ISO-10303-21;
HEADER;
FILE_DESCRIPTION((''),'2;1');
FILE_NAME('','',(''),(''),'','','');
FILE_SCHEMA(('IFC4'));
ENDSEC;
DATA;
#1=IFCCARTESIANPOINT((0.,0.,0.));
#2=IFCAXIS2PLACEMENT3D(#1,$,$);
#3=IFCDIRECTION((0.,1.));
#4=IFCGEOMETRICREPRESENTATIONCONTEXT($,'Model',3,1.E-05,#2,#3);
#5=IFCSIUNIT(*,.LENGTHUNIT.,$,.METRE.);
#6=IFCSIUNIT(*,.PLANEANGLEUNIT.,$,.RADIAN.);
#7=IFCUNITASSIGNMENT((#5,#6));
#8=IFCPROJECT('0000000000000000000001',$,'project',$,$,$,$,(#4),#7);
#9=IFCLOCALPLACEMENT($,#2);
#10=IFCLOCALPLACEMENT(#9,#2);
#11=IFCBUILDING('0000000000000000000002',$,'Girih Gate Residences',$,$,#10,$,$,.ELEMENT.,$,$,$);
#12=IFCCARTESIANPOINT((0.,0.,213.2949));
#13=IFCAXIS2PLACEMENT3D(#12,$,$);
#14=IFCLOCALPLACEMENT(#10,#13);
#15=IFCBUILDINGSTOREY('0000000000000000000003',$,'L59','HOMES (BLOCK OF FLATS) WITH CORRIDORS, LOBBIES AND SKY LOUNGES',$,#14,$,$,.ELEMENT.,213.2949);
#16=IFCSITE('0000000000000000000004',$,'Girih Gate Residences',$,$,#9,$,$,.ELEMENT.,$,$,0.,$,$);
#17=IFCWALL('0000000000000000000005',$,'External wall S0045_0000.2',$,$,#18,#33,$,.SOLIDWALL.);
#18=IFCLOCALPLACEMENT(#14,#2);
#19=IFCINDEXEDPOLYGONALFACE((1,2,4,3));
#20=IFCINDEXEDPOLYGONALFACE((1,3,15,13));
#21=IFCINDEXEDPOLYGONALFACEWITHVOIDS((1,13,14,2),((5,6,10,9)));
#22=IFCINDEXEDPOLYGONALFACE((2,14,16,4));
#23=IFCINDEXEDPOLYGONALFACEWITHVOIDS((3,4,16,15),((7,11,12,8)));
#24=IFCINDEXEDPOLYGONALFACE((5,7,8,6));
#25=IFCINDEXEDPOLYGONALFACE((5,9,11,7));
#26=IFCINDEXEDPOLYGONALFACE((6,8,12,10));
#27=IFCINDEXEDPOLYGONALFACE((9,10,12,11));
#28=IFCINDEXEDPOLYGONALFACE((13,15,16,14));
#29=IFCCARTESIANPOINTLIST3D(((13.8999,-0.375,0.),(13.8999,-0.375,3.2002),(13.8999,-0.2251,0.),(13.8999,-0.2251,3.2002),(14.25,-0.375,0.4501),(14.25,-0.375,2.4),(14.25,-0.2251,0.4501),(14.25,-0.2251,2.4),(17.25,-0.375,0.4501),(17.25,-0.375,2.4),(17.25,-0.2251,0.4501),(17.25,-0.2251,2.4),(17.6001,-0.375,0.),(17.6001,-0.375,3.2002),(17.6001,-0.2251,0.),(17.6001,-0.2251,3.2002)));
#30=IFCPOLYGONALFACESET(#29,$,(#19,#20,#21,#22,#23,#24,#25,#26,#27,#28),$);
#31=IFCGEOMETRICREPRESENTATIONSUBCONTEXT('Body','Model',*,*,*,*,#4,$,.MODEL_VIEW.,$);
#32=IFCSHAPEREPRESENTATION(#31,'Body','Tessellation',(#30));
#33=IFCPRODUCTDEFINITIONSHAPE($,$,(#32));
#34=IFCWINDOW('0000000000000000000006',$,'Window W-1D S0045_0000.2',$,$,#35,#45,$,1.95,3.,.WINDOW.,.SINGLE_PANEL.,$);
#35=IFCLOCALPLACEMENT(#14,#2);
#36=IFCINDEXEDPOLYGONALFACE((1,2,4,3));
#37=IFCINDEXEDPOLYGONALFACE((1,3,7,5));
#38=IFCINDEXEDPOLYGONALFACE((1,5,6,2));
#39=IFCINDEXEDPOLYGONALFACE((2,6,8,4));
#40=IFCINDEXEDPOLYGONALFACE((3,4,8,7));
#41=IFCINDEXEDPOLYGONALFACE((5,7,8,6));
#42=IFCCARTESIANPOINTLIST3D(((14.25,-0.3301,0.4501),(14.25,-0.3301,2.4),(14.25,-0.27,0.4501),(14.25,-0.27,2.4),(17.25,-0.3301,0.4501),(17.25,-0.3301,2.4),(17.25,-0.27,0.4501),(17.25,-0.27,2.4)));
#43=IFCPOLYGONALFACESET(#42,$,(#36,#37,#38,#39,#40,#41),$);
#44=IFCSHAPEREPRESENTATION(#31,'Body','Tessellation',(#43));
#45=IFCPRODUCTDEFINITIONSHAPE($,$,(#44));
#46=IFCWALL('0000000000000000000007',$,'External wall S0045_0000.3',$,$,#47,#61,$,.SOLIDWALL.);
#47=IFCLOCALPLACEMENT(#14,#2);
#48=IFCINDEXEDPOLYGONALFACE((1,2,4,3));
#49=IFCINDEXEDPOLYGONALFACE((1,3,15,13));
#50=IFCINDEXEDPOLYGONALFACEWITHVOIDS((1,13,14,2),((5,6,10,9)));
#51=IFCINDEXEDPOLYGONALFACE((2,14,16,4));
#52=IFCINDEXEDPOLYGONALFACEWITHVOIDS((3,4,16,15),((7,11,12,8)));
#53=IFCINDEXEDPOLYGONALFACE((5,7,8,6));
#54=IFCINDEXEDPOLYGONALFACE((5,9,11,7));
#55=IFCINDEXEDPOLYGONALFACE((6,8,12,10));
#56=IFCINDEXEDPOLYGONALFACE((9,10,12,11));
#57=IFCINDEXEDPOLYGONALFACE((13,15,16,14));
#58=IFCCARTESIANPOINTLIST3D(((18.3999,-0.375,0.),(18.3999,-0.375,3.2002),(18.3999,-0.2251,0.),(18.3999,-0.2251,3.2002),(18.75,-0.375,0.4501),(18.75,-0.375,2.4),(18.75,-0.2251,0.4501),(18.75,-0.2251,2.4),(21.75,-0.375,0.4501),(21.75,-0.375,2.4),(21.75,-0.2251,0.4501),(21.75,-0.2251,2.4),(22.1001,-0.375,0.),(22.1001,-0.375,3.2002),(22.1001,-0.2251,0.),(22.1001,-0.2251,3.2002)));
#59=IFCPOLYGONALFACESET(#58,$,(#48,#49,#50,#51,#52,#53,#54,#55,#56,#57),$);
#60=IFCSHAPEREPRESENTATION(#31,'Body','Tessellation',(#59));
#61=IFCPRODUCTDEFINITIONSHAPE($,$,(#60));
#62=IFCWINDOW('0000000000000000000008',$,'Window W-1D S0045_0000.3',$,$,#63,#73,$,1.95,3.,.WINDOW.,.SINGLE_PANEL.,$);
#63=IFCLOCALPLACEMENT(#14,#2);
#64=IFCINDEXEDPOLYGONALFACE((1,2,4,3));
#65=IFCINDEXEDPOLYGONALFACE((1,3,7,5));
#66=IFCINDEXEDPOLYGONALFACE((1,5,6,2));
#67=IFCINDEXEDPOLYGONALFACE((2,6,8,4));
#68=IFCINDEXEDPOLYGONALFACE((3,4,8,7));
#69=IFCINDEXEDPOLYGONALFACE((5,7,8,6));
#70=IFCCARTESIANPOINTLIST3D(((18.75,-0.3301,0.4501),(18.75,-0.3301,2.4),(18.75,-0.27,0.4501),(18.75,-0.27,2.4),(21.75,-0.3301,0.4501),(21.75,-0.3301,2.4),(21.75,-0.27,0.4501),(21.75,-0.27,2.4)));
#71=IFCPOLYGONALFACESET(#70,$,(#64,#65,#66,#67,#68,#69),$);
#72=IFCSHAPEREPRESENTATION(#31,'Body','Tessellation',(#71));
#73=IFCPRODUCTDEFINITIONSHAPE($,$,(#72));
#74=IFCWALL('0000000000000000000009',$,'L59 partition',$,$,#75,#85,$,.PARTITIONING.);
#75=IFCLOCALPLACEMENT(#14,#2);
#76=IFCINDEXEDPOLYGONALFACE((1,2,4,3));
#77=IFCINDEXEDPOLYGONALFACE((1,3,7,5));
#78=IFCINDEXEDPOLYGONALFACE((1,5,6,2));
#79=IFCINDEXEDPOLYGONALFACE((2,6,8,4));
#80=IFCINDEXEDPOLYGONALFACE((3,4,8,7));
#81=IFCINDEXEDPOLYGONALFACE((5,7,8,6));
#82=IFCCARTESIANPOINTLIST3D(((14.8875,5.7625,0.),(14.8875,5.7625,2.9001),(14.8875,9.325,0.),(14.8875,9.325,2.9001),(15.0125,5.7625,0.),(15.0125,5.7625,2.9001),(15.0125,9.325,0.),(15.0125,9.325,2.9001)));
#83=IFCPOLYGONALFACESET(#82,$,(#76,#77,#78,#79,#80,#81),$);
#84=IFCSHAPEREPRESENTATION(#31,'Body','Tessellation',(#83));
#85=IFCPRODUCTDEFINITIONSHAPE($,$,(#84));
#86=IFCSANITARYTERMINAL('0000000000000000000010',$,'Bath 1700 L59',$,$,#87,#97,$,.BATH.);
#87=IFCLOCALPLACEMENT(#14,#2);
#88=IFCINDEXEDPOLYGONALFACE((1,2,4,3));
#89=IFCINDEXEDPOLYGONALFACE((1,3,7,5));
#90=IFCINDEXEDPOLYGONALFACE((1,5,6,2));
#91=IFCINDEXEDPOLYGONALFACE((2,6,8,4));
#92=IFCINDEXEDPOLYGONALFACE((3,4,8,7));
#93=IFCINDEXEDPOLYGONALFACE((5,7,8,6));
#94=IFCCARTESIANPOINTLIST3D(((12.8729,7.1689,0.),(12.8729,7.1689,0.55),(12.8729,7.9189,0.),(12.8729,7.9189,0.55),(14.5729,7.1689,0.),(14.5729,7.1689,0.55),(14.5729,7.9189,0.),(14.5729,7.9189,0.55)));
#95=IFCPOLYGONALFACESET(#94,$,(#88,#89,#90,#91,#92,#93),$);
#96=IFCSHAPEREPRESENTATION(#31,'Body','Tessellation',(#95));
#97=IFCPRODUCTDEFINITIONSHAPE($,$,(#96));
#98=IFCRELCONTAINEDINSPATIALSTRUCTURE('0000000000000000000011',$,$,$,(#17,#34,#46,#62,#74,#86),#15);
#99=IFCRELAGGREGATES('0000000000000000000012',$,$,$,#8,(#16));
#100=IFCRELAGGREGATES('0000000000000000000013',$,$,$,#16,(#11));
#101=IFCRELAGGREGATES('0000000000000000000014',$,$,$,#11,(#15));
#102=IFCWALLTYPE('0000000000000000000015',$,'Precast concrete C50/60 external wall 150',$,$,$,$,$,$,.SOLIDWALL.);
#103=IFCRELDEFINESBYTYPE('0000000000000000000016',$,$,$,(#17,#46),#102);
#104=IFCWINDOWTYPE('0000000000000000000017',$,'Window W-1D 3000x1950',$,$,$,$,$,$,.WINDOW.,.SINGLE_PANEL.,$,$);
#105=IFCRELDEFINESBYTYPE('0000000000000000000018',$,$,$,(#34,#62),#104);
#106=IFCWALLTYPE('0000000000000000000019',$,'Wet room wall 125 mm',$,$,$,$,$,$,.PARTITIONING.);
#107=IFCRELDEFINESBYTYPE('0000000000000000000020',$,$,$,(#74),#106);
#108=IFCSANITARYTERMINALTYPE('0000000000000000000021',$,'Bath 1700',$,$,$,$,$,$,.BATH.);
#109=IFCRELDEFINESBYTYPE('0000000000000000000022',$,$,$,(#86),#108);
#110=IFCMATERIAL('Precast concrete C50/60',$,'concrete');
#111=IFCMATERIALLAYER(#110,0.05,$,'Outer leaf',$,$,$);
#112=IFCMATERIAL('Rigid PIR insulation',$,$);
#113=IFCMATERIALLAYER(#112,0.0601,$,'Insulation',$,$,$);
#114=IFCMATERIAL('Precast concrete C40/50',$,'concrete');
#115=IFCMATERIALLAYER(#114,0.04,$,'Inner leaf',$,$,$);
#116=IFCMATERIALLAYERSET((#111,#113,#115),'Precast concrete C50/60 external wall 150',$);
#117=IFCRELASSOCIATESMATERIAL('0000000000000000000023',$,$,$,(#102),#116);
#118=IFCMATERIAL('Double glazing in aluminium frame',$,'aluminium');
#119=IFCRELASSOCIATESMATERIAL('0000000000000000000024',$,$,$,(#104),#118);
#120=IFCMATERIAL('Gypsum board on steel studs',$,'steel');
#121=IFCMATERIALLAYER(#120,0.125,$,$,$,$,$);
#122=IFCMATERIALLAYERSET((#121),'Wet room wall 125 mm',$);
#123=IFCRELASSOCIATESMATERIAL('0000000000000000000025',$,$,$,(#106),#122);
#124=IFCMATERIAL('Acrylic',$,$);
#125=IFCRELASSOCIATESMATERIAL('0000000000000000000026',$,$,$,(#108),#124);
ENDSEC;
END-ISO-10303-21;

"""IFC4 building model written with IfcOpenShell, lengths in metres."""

from ifc_helpers import new_model, si_unit, direction, frame, frame_2d, origin, origin_2d, place, context, subcontext, project, spatial, rectangle, extrude, material, layer, layer_set, type_object, element, fill, save


model = new_model("IFC4")

# Units and contexts
model_context = context("Model", 3, precision=1e-05, world=origin(), true_north=direction((0.0, 1.0)))
body_context = subcontext(model_context, "Body", "Model", "MODEL_VIEW")
ifc_project = project(units=[si_unit("LENGTHUNIT", "METRE"), si_unit("PLANEANGLEUNIT", "RADIAN")], contexts=[model_context])

# Site, building, storey
site_placement = place(None, origin())
site = spatial("IfcSite", under=ifc_project, at=site_placement, Name="Girih Gate Residences", CompositionType="ELEMENT", RefElevation=0.0)
building_placement = place(site_placement, origin())
building = spatial("IfcBuilding", under=site, at=building_placement, Name="Girih Gate Residences", CompositionType="ELEMENT")
storey_placement = place(building_placement, frame((0.0, 0.0, 213.2949)))
storey = spatial("IfcBuildingStorey", under=building, at=storey_placement, Name="L59", Description="HOMES (BLOCK OF FLATS) WITH CORRIDORS, LOBBIES AND SKY LOUNGES", CompositionType="ELEMENT", Elevation=213.2949)

# Shared definitions
ifc_material_1 = material(Name="Gypsum board on steel studs", Category="steel")

# Walls, openings, windows
ifc_material_2 = material(Name="Precast concrete C50/60", Category="concrete")
ifc_layer_1 = layer(ifc_material_2, 0.05, Name="Outer leaf")
ifc_material_3 = material(Name="Rigid PIR insulation")
ifc_layer_2 = layer(ifc_material_3, 0.0601, Name="Insulation")
ifc_material_4 = material(Name="Precast concrete C40/50", Category="concrete")
ifc_layer_3 = layer(ifc_material_4, 0.04, Name="Inner leaf")
ifc_layer_set_1 = layer_set([ifc_layer_1, ifc_layer_2, ifc_layer_3], Name="Precast concrete C50/60 external wall 150")
wall_type_1 = type_object("IfcWallType", Name="Precast concrete C50/60 external wall 150", PredefinedType="SOLIDWALL", material=ifc_layer_set_1)
wall_1_placement = place(storey_placement, frame((17.6001, -0.3, 0.0), z_axis=(0.0, 0.0, 1.0), x_axis=(-1.0, 0.0, 0.0)))
wall_1 = element("IfcWall", 1, at=wall_1_placement, inside=storey, type_object=wall_type_1, Name="External wall S0045_0000.2", PredefinedType="SOLIDWALL", context=body_context, shape_type="SweptSolid", body=[
    extrude(rectangle(XDim=3.7002, YDim=0.1499, at=frame_2d((1.8501, 0.0))), origin(), (0.0, 0.0, 1.0), 3.2002),
])
opening_1_placement = place(wall_1_placement, frame((0.3501, 0.0, 0.45)))
opening_1 = element("IfcOpeningElement", 2, at=opening_1_placement, cuts=wall_1, PredefinedType="OPENING", context=body_context, shape_type="SweptSolid", body=[
    extrude(rectangle(XDim=3.0, YDim=1.95, at=frame_2d((1.5, 0.9751))), frame((0.0, 0.085, 0.0), z_axis=(0.0, -1.0, 0.0), x_axis=(1.0, 0.0, 0.0)), (0.0, 0.0, 1.0), 0.1699),
])
ifc_material_5 = material(Name="Double glazing in aluminium frame", Category="aluminium")
window_type = type_object("IfcWindowType", Name="Window W-1D 3000x1950", PartitioningType="SINGLE_PANEL", PredefinedType="WINDOW", material=ifc_material_5)
window_1_placement = place(opening_1_placement, origin())
window_1 = element("IfcWindow", 3, at=window_1_placement, inside=storey, type_object=window_type, Name="Window W-1D S0045_0000.2", OverallHeight=1.95, OverallWidth=3.0, PartitioningType="SINGLE_PANEL", PredefinedType="WINDOW", context=body_context, shape_type="SweptSolid", body=[
    extrude(rectangle(XDim=3.0, YDim=1.95, at=frame_2d((1.5, 0.9751))), frame((0.0, 0.03, 0.0), z_axis=(0.0, -1.0, 0.0), x_axis=(1.0, 0.0, 0.0)), (0.0, 0.0, 1.0), 0.0601),
])
fill(opening_1, window_1)
wall_2_placement = place(storey_placement, frame((22.1001, -0.3, 0.0), z_axis=(0.0, 0.0, 1.0), x_axis=(-1.0, 0.0, 0.0)))
wall_2 = element("IfcWall", 4, at=wall_2_placement, inside=storey, type_object=wall_type_1, Name="External wall S0045_0000.3", PredefinedType="SOLIDWALL", context=body_context, shape_type="SweptSolid", body=[
    extrude(rectangle(XDim=3.7002, YDim=0.1499, at=frame_2d((1.8501, 0.0))), origin(), (0.0, 0.0, 1.0), 3.2002),
])
opening_2_placement = place(wall_2_placement, frame((0.3501, 0.0, 0.45)))
opening_2 = element("IfcOpeningElement", 5, at=opening_2_placement, cuts=wall_2, PredefinedType="OPENING", context=body_context, shape_type="SweptSolid", body=[
    extrude(rectangle(XDim=3.0, YDim=1.95, at=frame_2d((1.5, 0.9751))), frame((0.0, 0.085, 0.0), z_axis=(0.0, -1.0, 0.0), x_axis=(1.0, 0.0, 0.0)), (0.0, 0.0, 1.0), 0.1699),
])
window_2_placement = place(opening_2_placement, origin())
window_2 = element("IfcWindow", 6, at=window_2_placement, inside=storey, type_object=window_type, Name="Window W-1D S0045_0000.3", OverallHeight=1.95, OverallWidth=3.0, PartitioningType="SINGLE_PANEL", PredefinedType="WINDOW", context=body_context, shape_type="SweptSolid", body=[
    extrude(rectangle(XDim=3.0, YDim=1.95, at=frame_2d((1.5, 0.9751))), frame((0.0, 0.03, 0.0), z_axis=(0.0, -1.0, 0.0), x_axis=(1.0, 0.0, 0.0)), (0.0, 0.0, 1.0), 0.0601),
])
fill(opening_2, window_2)

# Wall
ifc_layer_4 = layer(ifc_material_1, 0.125)
ifc_layer_set_2 = layer_set([ifc_layer_4], Name="Wet room wall 125 mm")
wall_type_2 = type_object("IfcWallType", Name="Wet room wall 125 mm", PredefinedType="PARTITIONING", material=ifc_layer_set_2)
wall_3_placement = place(storey_placement, frame((14.95, 5.7625, 0.0), z_axis=(0.0, 0.0, 1.0), x_axis=(0.0, 1.0, 0.0)))
element("IfcWall", 7, at=wall_3_placement, inside=storey, type_object=wall_type_2, Name="L59 partition", PredefinedType="PARTITIONING", context=body_context, shape_type="SweptSolid", body=[
    extrude(rectangle(XDim=3.5625, YDim=0.125, at=frame_2d((1.7812, 0.0))), origin(), (0.0, 0.0, 1.0), 2.9001),
])

# Sanitary terminal
ifc_material_6 = material(Name="Acrylic")
sanitary_terminal_type = type_object("IfcSanitaryTerminalType", Name="Bath 1700", PredefinedType="BATH", material=ifc_material_6)
sanitary_terminal_placement = place(storey_placement, frame((13.7229, 7.5439, 0.0), z_axis=(0.0, 0.0, 1.0), x_axis=(1.0, 0.0, 0.0)))
element("IfcSanitaryTerminal", 8, at=sanitary_terminal_placement, inside=storey, type_object=sanitary_terminal_type, Name="Bath 1700 L59", PredefinedType="BATH", context=body_context, shape_type="SweptSolid", body=[
    extrude(rectangle(XDim=1.7, YDim=0.75, at=origin_2d()), origin(), (0.0, 0.0, 1.0), 0.55),
])

save(model, "model.ifc")
